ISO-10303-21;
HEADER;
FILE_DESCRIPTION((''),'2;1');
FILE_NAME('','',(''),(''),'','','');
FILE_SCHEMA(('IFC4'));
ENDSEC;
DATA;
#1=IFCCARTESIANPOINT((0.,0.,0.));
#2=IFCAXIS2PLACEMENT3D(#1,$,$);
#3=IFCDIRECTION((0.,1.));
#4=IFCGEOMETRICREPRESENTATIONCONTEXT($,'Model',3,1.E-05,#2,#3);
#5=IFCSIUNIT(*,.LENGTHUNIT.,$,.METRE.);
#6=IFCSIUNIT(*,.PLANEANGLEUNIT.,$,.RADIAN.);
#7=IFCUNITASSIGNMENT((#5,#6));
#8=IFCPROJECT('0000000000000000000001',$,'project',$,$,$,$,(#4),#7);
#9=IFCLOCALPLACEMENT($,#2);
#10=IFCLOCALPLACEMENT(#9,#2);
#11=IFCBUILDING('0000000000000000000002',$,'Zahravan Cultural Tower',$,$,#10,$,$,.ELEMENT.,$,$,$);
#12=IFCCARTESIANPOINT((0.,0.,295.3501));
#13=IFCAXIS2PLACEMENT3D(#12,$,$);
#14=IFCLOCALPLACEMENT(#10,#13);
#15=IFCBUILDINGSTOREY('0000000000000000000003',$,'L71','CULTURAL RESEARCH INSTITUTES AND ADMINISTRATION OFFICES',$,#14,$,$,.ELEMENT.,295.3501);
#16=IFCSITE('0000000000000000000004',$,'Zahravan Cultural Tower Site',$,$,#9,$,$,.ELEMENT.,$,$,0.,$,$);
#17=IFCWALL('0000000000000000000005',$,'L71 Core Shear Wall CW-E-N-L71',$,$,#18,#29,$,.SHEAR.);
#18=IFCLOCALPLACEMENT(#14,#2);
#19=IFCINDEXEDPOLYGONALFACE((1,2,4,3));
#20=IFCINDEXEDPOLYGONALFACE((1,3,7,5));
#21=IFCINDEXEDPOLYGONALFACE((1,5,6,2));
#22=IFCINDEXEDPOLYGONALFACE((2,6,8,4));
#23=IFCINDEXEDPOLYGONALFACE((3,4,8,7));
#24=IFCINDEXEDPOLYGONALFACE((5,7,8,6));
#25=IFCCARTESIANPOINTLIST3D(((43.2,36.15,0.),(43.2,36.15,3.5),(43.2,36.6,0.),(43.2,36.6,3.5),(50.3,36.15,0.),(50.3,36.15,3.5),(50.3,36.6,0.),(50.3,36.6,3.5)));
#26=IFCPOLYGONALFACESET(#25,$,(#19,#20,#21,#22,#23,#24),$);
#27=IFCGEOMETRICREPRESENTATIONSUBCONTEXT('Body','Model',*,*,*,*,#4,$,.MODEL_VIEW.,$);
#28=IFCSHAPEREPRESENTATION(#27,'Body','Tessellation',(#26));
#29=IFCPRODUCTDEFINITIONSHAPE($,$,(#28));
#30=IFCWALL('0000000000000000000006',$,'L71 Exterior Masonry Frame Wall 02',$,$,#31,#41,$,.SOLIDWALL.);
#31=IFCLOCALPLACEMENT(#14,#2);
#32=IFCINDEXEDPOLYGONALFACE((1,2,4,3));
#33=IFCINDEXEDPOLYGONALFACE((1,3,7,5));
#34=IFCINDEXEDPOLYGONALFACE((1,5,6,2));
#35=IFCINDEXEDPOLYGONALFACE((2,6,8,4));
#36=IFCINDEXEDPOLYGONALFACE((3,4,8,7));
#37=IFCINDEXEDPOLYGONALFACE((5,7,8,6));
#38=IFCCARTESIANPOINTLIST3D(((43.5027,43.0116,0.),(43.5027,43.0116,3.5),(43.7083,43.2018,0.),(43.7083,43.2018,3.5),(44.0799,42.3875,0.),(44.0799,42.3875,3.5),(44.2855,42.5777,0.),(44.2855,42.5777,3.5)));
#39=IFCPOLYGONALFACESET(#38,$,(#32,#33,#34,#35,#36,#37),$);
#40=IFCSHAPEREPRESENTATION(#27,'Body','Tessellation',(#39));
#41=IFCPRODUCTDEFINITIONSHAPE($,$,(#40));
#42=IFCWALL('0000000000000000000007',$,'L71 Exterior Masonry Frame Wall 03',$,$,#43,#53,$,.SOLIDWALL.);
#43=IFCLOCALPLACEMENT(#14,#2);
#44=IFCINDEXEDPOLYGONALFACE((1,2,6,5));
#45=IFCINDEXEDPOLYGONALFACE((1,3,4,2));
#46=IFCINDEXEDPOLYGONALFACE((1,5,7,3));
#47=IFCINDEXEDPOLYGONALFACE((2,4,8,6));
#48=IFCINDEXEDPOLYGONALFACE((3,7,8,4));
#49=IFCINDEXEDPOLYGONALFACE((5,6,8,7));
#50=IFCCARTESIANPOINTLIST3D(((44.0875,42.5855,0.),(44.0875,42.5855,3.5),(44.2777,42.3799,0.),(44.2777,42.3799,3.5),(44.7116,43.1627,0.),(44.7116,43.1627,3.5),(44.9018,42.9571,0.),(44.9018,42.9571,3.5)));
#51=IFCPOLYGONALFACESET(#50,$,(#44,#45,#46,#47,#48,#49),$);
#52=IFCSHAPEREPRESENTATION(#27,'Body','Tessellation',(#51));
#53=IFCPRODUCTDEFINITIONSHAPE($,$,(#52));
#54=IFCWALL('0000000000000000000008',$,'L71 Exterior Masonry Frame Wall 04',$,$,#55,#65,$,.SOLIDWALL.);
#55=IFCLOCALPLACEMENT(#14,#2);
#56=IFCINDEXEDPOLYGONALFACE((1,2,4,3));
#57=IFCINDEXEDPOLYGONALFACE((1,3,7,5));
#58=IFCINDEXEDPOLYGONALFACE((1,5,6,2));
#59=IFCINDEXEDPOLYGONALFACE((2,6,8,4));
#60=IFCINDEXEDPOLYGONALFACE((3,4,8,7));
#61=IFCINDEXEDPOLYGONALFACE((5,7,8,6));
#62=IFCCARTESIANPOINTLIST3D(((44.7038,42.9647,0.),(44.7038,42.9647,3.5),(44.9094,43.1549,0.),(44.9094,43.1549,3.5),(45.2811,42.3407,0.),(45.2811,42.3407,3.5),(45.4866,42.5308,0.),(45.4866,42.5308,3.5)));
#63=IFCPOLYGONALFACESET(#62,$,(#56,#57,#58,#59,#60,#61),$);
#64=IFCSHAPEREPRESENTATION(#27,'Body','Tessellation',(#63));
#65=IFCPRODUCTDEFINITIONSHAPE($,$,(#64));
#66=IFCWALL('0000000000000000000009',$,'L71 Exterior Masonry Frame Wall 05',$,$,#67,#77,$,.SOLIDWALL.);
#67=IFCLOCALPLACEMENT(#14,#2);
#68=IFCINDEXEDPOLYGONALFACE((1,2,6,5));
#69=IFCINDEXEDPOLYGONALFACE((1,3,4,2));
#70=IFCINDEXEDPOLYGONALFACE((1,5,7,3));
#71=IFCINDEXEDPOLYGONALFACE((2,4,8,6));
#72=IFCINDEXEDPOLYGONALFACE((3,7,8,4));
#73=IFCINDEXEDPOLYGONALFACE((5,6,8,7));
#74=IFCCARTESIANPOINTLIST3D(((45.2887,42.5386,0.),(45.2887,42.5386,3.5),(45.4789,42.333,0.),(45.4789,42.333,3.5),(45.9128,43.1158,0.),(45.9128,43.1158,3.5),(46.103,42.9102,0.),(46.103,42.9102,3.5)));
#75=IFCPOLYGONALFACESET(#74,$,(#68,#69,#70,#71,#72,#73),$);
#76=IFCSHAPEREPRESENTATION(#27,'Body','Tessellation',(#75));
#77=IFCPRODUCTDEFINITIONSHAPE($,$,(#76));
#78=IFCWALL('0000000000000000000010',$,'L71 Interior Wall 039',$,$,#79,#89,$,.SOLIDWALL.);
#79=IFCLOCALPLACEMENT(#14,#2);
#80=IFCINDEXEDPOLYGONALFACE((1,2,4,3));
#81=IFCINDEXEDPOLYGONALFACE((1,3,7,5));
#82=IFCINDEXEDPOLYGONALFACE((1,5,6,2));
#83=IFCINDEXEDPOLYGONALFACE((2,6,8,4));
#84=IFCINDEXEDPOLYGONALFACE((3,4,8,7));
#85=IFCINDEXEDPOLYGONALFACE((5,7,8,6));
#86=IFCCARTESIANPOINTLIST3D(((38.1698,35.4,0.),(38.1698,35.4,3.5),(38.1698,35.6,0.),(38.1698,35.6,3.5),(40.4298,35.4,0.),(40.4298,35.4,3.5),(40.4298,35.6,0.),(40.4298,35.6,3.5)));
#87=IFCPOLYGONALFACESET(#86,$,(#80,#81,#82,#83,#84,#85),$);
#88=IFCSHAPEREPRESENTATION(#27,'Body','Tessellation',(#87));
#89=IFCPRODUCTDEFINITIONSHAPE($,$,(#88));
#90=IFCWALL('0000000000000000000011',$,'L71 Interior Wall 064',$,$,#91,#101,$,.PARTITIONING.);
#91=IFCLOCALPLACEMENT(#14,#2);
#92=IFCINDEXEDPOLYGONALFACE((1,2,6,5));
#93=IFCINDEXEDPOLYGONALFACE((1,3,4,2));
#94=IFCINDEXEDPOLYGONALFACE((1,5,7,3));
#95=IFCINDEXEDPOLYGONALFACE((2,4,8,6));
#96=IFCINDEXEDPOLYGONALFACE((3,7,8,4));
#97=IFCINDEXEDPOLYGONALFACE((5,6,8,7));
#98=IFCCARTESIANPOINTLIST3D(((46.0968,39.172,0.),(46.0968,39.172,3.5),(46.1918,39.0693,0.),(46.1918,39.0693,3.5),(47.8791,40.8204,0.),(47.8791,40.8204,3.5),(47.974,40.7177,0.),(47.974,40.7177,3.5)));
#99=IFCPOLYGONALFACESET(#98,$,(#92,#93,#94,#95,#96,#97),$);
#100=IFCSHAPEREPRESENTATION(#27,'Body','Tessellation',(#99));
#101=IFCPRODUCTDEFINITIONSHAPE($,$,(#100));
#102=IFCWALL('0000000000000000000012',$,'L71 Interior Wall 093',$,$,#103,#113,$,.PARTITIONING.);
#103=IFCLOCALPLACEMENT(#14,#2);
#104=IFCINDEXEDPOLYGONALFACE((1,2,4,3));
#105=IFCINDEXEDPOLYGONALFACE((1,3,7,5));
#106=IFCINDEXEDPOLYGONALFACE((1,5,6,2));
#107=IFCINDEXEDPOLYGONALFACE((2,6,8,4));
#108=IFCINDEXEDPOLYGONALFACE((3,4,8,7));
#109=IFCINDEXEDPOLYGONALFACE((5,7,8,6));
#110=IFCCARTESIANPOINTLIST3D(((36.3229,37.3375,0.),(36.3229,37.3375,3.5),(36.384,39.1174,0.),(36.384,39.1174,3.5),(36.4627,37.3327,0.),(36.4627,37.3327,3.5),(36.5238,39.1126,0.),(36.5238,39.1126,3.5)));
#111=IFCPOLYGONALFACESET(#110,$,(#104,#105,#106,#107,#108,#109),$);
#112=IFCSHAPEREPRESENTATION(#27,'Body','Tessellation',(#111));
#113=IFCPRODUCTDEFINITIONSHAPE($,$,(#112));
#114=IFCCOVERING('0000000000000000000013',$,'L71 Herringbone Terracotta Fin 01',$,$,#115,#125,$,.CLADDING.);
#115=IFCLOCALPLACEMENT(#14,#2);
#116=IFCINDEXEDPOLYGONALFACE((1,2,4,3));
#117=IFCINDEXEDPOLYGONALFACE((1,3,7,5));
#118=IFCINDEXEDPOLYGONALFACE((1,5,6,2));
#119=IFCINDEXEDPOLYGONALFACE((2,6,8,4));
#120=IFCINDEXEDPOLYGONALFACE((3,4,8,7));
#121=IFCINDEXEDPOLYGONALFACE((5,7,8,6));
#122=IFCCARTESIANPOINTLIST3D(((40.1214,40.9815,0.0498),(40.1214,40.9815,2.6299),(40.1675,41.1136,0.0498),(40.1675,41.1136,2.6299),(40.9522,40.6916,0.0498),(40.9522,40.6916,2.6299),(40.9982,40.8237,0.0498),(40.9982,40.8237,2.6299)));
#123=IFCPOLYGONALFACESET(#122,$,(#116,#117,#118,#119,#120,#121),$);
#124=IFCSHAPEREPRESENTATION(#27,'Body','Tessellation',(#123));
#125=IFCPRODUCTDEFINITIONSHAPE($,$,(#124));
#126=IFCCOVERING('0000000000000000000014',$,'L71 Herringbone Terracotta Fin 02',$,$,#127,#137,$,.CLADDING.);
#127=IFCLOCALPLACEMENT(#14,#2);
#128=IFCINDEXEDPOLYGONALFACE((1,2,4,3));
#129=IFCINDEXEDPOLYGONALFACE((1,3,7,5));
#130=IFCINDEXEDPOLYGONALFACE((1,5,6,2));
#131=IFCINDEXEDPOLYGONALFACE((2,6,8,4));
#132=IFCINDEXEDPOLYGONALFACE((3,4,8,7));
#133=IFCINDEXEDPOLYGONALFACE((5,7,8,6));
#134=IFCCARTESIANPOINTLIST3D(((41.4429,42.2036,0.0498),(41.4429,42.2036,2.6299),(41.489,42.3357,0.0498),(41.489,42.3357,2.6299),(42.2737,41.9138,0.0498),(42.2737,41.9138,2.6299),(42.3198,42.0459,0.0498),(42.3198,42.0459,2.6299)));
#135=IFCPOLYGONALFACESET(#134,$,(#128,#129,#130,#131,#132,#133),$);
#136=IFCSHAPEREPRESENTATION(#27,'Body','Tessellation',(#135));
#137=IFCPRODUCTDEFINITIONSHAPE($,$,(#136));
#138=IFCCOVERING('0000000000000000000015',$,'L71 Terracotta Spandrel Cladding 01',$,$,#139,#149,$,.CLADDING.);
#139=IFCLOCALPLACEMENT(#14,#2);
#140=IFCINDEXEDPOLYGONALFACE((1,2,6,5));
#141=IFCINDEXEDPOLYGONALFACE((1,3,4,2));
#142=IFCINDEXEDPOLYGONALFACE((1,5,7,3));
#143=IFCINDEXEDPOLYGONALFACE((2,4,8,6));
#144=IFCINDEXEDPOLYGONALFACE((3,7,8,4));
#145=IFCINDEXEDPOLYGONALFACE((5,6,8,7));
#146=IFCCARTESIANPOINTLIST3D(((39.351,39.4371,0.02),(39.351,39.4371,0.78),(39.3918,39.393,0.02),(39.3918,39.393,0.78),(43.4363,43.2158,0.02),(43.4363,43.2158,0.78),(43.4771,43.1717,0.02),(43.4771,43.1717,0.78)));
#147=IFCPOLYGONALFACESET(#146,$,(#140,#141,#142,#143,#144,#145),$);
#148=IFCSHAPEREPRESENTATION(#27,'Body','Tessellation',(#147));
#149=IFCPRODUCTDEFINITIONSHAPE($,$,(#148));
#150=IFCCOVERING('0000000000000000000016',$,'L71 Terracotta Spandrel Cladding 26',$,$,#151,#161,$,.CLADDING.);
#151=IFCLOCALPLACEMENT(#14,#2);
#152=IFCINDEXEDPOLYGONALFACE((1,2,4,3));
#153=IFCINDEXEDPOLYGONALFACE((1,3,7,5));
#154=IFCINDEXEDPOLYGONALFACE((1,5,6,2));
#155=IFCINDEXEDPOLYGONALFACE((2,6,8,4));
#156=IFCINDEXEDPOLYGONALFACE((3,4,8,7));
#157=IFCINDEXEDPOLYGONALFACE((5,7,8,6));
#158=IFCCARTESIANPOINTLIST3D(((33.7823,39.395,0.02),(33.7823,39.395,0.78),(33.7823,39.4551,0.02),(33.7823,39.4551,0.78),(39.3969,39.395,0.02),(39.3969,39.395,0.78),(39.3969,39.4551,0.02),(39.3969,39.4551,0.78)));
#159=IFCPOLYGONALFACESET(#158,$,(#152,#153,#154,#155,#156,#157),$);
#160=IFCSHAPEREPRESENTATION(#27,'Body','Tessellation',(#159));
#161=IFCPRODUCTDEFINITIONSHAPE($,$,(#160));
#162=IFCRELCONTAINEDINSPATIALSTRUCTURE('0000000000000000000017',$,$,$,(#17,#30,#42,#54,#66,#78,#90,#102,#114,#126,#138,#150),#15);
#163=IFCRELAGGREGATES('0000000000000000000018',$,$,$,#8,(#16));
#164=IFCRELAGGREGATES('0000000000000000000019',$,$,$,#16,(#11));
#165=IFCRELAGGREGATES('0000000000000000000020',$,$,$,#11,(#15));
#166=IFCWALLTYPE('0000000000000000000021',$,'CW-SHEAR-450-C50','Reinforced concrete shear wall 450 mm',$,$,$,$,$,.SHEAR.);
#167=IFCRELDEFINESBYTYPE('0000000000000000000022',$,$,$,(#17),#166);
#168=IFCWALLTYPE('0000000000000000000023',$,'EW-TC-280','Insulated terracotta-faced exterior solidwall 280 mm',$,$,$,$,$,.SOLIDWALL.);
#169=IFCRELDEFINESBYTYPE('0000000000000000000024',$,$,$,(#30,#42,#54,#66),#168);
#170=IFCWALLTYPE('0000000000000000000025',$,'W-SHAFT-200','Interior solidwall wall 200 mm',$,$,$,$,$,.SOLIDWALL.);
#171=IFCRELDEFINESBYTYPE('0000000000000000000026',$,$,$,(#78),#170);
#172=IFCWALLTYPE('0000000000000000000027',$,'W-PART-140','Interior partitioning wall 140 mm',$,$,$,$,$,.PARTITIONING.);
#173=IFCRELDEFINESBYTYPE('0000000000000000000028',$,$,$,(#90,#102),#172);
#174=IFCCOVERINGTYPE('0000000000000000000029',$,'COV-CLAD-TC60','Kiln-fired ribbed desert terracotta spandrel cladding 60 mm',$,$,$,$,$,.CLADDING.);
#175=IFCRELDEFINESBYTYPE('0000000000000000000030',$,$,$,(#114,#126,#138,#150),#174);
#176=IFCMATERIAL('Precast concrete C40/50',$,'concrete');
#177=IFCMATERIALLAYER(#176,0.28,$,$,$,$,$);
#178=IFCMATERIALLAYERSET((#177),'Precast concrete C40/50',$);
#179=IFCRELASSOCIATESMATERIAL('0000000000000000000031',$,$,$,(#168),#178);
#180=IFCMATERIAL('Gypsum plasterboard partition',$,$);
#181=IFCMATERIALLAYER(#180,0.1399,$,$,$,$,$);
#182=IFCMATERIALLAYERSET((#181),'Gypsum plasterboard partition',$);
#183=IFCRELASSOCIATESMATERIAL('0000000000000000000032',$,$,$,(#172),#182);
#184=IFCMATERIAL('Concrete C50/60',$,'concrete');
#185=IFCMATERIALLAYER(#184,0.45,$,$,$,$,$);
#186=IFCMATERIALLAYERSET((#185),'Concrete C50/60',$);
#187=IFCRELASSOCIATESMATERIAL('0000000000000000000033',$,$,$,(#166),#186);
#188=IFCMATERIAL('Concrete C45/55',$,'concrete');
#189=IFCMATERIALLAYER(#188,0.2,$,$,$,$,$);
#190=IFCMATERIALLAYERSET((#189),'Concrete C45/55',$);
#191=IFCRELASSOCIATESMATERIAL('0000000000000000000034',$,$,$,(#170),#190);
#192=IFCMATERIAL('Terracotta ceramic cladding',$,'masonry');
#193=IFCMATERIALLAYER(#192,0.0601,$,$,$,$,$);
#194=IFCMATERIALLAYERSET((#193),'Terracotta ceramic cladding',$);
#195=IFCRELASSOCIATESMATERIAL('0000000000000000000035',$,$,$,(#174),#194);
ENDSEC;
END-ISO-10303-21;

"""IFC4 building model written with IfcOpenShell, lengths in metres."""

from ifc_helpers import new_model, si_unit, direction, frame, frame_2d, origin, origin_2d, place, context, subcontext, project, spatial, rectangle, extrude, source, transform, mapped, material, layer, layer_set, type_object, element, save


model = new_model("IFC4")

# Units and contexts
model_context = context("Model", 3, precision=1e-05, world=origin(), true_north=direction((0.0, 1.0)))
body_context = subcontext(model_context, "Body", "Model", "MODEL_VIEW")
ifc_project = project(units=[si_unit("LENGTHUNIT", "METRE"), si_unit("PLANEANGLEUNIT", "RADIAN")], contexts=[model_context])

# Site, building, storey
site_placement = place(None, origin())
site = spatial("IfcSite", under=ifc_project, at=site_placement, Name="Zahravan Cultural Tower Site", CompositionType="ELEMENT", RefElevation=0.0)
building_placement = place(site_placement, origin())
building = spatial("IfcBuilding", under=site, at=building_placement, Name="Zahravan Cultural Tower", CompositionType="ELEMENT")
storey_placement = place(building_placement, frame((0.0, 0.0, 295.3501)))
storey = spatial("IfcBuildingStorey", under=building, at=storey_placement, Name="L71", Description="CULTURAL RESEARCH INSTITUTES AND ADMINISTRATION OFFICES", CompositionType="ELEMENT", Elevation=295.3501)

# Shared definitions
ifc_material_1 = material(Name="Concrete C50/60", Category="concrete")

# Shared definitions
ifc_material_2 = material(Name="Precast concrete C40/50", Category="concrete")
ifc_layer_1 = layer(ifc_material_2, 0.28)
ifc_layer_set_1 = layer_set([ifc_layer_1], Name="Precast concrete C40/50")
wall_type_1 = type_object("IfcWallType", Name="EW-TC-280", Description="Insulated terracotta-faced exterior solidwall 280 mm", PredefinedType="SOLIDWALL", material=ifc_layer_set_1)

# Shared definitions
ifc_material_3 = material(Name="Gypsum plasterboard partition")
ifc_layer_2 = layer(ifc_material_3, 0.1399)
ifc_layer_set_2 = layer_set([ifc_layer_2], Name="Gypsum plasterboard partition")
wall_type_2 = type_object("IfcWallType", Name="W-PART-140", Description="Interior partitioning wall 140 mm", PredefinedType="PARTITIONING", material=ifc_layer_set_2)

# Walls
ifc_layer_3 = layer(ifc_material_1, 0.45)
ifc_layer_set_3 = layer_set([ifc_layer_3], Name="Concrete C50/60")
wall_type_3 = type_object("IfcWallType", Name="CW-SHEAR-450-C50", Description="Reinforced concrete shear wall 450 mm", PredefinedType="SHEAR", material=ifc_layer_set_3)
shared_shape_1 = source(origin(), body_context, "Body", "SweptSolid", [
    extrude(rectangle(XDim=7.1001, YDim=0.45, at=frame_2d((3.55, 0.0))), origin(), (0.0, 0.0, 1.0), 3.5),
])
wall_1_placement = place(storey_placement, frame((43.2, 36.375, 0.0), z_axis=(0.0, 0.0, 1.0), x_axis=(1.0, 0.0, 0.0)))
element("IfcWall", 1, at=wall_1_placement, inside=storey, type_object=wall_type_3, Name="L71 Core Shear Wall CW-E-N-L71", PredefinedType="SHEAR", context=body_context, shape_type="MappedRepresentation", body=[
    mapped(shared_shape_1, transform((0.0, 0.0, 0.0), x_axis=(1.0, 0.0, 0.0), y_axis=(0.0, 1.0, 0.0), z_axis=(0.0, 0.0, 1.0), scale=1.0)),
])
shared_shape_2 = source(origin(), body_context, "Body", "SweptSolid", [
    extrude(rectangle(XDim=0.8501, YDim=0.28, at=frame_2d((0.425, 0.0))), origin(), (0.0, 0.0, 1.0), 3.5),
])
for number, where, z_axis, x_axis, name in (
    (2, (43.6055, 43.1067, 0.0), (0.0, 0.0, 1.0), (0.678996, -0.734142, 0.0), "L71 Exterior Masonry Frame Wall 02"),
    (3, (44.1826, 42.4827, 0.0), (0.0, 0.0, 1.0), (0.734142, 0.678996, 0.0), "L71 Exterior Masonry Frame Wall 03"),
    (4, (44.8066, 43.0598, 0.0), (0.0, 0.0, 1.0), (0.678996, -0.734142, 0.0), "L71 Exterior Masonry Frame Wall 04"),
    (5, (45.3838, 42.4358, 0.0), (0.0, 0.0, 1.0), (0.734142, 0.678996, 0.0), "L71 Exterior Masonry Frame Wall 05"),
):
    element("IfcWall", number, at=place(storey_placement, frame(where, z_axis=z_axis, x_axis=x_axis)), inside=storey, type_object=wall_type_1, Name=name, PredefinedType="SOLIDWALL", context=body_context, shape_type="MappedRepresentation", body=[
        mapped(shared_shape_2, transform((0.0, 0.0, 0.0), x_axis=(1.0, 0.0, 0.0), y_axis=(0.0, 1.0, 0.0), z_axis=(0.0, 0.0, 1.0), scale=1.0)),
    ])
ifc_material_4 = material(Name="Concrete C45/55", Category="concrete")
ifc_layer_4 = layer(ifc_material_4, 0.2)
ifc_layer_set_4 = layer_set([ifc_layer_4], Name="Concrete C45/55")
wall_type_4 = type_object("IfcWallType", Name="W-SHAFT-200", Description="Interior solidwall wall 200 mm", PredefinedType="SOLIDWALL", material=ifc_layer_set_4)
shared_shape_3 = source(origin(), body_context, "Body", "SweptSolid", [
    extrude(rectangle(XDim=2.26, YDim=0.2, at=frame_2d((1.1299, 0.0))), origin(), (0.0, 0.0, 1.0), 3.5),
])
wall_2_placement = place(storey_placement, frame((38.1699, 35.5, 0.0), z_axis=(0.0, 0.0, 1.0), x_axis=(1.0, 0.0, 0.0)))
element("IfcWall", 6, at=wall_2_placement, inside=storey, type_object=wall_type_4, Name="L71 Interior Wall 039", PredefinedType="SOLIDWALL", context=body_context, shape_type="MappedRepresentation", body=[
    mapped(shared_shape_3, transform((0.0, 0.0, 0.0), x_axis=(1.0, 0.0, 0.0), y_axis=(0.0, 1.0, 0.0), z_axis=(0.0, 0.0, 1.0), scale=1.0)),
])
shared_shape_4 = source(origin(), body_context, "Body", "SweptSolid", [
    extrude(rectangle(XDim=2.4277, YDim=0.1399, at=frame_2d((1.2139, 0.0))), origin(), (0.0, 0.0, 1.0), 3.5),
])
wall_3_placement = place(storey_placement, frame((46.1443, 39.1206, 0.0), z_axis=(0.0, 0.0, 1.0), x_axis=(0.734125, 0.679015, 0.0)))
element("IfcWall", 7, at=wall_3_placement, inside=storey, type_object=wall_type_2, Name="L71 Interior Wall 064", PredefinedType="PARTITIONING", context=body_context, shape_type="MappedRepresentation", body=[
    mapped(shared_shape_4, transform((0.0, 0.0, 0.0), x_axis=(1.0, 0.0, 0.0), y_axis=(0.0, 1.0, 0.0), z_axis=(0.0, 0.0, 1.0), scale=1.0)),
])
shared_shape_5 = source(origin(), body_context, "Body", "SweptSolid", [
    extrude(rectangle(XDim=1.781, YDim=0.1399, at=frame_2d((0.8906, 0.0))), origin(), (0.0, 0.0, 1.0), 3.5),
])
wall_4_placement = place(storey_placement, frame((36.3928, 37.335, 0.0), z_axis=(0.0, 0.0, 1.0), x_axis=(0.034269, 0.999413, 0.0)))
element("IfcWall", 8, at=wall_4_placement, inside=storey, type_object=wall_type_2, Name="L71 Interior Wall 093", PredefinedType="PARTITIONING", context=body_context, shape_type="MappedRepresentation", body=[
    mapped(shared_shape_5, transform((0.0, 0.0, 0.0), x_axis=(1.0, 0.0, 0.0), y_axis=(0.0, 1.0, 0.0), z_axis=(0.0, 0.0, 1.0), scale=1.0)),
])

# Coverings
ifc_material_5 = material(Name="Terracotta ceramic cladding", Category="masonry")
ifc_layer_5 = layer(ifc_material_5, 0.0601)
ifc_layer_set_5 = layer_set([ifc_layer_5], Name="Terracotta ceramic cladding")
covering_type = type_object("IfcCoveringType", Name="COV-CLAD-TC60", Description="Kiln-fired ribbed desert terracotta spandrel cladding 60 mm", PredefinedType="CLADDING", material=ifc_layer_set_5)
shared_shape_6 = source(origin(), body_context, "Body", "SweptSolid", [
    extrude(rectangle(XDim=0.8799, YDim=0.1399, at=origin_2d()), origin(), (0.0, 0.0, 1.0), 2.5801),
])
for number, where, z_axis, x_axis, name in (
    (9, (40.5598, 40.9026, 0.0498), (0.0, 0.0, 1.0), (-0.944187, 0.329411, 0.0), "L71 Herringbone Terracotta Fin 01"),
    (10, (41.8813, 42.1248, 0.0498), (0.0, 0.0, 1.0), (-0.944187, 0.329411, 0.0), "L71 Herringbone Terracotta Fin 02"),
):
    element("IfcCovering", number, at=place(storey_placement, frame(where, z_axis=z_axis, x_axis=x_axis)), inside=storey, type_object=covering_type, Name=name, PredefinedType="CLADDING", context=body_context, shape_type="MappedRepresentation", body=[
        mapped(shared_shape_6, transform((0.0, 0.0, 0.0), x_axis=(1.0, 0.0, 0.0), y_axis=(0.0, 1.0, 0.0), z_axis=(0.0, 0.0, 1.0), scale=1.0)),
    ])
shared_shape_7 = source(origin(), body_context, "Body", "SweptSolid", [
    extrude(rectangle(XDim=5.5649, YDim=0.0601, at=origin_2d()), origin(), (0.0, 0.0, 1.0), 0.76),
])
covering_1_placement = place(storey_placement, frame((41.4141, 41.3044, 0.02), z_axis=(0.0, 0.0, 1.0), x_axis=(0.734121, 0.679019, 0.0)))
element("IfcCovering", 11, at=covering_1_placement, inside=storey, type_object=covering_type, Name="L71 Terracotta Spandrel Cladding 01", PredefinedType="CLADDING", context=body_context, shape_type="MappedRepresentation", body=[
    mapped(shared_shape_7, transform((0.0, 0.0, 0.0), x_axis=(1.0, 0.0, 0.0), y_axis=(0.0, 1.0, 0.0), z_axis=(0.0, 0.0, 1.0), scale=1.0)),
])
shared_shape_8 = source(origin(), body_context, "Body", "SweptSolid", [
    extrude(rectangle(XDim=5.6145, YDim=0.0601, at=origin_2d()), origin(), (0.0, 0.0, 1.0), 0.76),
])
covering_2_placement = place(storey_placement, frame((36.5896, 39.425, 0.02), z_axis=(0.0, 0.0, 1.0), x_axis=(1.0, 0.0, 0.0)))
element("IfcCovering", 12, at=covering_2_placement, inside=storey, type_object=covering_type, Name="L71 Terracotta Spandrel Cladding 26", PredefinedType="CLADDING", context=body_context, shape_type="MappedRepresentation", body=[
    mapped(shared_shape_8, transform((0.0, 0.0, 0.0), x_axis=(1.0, 0.0, 0.0), y_axis=(0.0, 1.0, 0.0), z_axis=(0.0, 0.0, 1.0), scale=1.0)),
])

save(model, "model.ifc")
